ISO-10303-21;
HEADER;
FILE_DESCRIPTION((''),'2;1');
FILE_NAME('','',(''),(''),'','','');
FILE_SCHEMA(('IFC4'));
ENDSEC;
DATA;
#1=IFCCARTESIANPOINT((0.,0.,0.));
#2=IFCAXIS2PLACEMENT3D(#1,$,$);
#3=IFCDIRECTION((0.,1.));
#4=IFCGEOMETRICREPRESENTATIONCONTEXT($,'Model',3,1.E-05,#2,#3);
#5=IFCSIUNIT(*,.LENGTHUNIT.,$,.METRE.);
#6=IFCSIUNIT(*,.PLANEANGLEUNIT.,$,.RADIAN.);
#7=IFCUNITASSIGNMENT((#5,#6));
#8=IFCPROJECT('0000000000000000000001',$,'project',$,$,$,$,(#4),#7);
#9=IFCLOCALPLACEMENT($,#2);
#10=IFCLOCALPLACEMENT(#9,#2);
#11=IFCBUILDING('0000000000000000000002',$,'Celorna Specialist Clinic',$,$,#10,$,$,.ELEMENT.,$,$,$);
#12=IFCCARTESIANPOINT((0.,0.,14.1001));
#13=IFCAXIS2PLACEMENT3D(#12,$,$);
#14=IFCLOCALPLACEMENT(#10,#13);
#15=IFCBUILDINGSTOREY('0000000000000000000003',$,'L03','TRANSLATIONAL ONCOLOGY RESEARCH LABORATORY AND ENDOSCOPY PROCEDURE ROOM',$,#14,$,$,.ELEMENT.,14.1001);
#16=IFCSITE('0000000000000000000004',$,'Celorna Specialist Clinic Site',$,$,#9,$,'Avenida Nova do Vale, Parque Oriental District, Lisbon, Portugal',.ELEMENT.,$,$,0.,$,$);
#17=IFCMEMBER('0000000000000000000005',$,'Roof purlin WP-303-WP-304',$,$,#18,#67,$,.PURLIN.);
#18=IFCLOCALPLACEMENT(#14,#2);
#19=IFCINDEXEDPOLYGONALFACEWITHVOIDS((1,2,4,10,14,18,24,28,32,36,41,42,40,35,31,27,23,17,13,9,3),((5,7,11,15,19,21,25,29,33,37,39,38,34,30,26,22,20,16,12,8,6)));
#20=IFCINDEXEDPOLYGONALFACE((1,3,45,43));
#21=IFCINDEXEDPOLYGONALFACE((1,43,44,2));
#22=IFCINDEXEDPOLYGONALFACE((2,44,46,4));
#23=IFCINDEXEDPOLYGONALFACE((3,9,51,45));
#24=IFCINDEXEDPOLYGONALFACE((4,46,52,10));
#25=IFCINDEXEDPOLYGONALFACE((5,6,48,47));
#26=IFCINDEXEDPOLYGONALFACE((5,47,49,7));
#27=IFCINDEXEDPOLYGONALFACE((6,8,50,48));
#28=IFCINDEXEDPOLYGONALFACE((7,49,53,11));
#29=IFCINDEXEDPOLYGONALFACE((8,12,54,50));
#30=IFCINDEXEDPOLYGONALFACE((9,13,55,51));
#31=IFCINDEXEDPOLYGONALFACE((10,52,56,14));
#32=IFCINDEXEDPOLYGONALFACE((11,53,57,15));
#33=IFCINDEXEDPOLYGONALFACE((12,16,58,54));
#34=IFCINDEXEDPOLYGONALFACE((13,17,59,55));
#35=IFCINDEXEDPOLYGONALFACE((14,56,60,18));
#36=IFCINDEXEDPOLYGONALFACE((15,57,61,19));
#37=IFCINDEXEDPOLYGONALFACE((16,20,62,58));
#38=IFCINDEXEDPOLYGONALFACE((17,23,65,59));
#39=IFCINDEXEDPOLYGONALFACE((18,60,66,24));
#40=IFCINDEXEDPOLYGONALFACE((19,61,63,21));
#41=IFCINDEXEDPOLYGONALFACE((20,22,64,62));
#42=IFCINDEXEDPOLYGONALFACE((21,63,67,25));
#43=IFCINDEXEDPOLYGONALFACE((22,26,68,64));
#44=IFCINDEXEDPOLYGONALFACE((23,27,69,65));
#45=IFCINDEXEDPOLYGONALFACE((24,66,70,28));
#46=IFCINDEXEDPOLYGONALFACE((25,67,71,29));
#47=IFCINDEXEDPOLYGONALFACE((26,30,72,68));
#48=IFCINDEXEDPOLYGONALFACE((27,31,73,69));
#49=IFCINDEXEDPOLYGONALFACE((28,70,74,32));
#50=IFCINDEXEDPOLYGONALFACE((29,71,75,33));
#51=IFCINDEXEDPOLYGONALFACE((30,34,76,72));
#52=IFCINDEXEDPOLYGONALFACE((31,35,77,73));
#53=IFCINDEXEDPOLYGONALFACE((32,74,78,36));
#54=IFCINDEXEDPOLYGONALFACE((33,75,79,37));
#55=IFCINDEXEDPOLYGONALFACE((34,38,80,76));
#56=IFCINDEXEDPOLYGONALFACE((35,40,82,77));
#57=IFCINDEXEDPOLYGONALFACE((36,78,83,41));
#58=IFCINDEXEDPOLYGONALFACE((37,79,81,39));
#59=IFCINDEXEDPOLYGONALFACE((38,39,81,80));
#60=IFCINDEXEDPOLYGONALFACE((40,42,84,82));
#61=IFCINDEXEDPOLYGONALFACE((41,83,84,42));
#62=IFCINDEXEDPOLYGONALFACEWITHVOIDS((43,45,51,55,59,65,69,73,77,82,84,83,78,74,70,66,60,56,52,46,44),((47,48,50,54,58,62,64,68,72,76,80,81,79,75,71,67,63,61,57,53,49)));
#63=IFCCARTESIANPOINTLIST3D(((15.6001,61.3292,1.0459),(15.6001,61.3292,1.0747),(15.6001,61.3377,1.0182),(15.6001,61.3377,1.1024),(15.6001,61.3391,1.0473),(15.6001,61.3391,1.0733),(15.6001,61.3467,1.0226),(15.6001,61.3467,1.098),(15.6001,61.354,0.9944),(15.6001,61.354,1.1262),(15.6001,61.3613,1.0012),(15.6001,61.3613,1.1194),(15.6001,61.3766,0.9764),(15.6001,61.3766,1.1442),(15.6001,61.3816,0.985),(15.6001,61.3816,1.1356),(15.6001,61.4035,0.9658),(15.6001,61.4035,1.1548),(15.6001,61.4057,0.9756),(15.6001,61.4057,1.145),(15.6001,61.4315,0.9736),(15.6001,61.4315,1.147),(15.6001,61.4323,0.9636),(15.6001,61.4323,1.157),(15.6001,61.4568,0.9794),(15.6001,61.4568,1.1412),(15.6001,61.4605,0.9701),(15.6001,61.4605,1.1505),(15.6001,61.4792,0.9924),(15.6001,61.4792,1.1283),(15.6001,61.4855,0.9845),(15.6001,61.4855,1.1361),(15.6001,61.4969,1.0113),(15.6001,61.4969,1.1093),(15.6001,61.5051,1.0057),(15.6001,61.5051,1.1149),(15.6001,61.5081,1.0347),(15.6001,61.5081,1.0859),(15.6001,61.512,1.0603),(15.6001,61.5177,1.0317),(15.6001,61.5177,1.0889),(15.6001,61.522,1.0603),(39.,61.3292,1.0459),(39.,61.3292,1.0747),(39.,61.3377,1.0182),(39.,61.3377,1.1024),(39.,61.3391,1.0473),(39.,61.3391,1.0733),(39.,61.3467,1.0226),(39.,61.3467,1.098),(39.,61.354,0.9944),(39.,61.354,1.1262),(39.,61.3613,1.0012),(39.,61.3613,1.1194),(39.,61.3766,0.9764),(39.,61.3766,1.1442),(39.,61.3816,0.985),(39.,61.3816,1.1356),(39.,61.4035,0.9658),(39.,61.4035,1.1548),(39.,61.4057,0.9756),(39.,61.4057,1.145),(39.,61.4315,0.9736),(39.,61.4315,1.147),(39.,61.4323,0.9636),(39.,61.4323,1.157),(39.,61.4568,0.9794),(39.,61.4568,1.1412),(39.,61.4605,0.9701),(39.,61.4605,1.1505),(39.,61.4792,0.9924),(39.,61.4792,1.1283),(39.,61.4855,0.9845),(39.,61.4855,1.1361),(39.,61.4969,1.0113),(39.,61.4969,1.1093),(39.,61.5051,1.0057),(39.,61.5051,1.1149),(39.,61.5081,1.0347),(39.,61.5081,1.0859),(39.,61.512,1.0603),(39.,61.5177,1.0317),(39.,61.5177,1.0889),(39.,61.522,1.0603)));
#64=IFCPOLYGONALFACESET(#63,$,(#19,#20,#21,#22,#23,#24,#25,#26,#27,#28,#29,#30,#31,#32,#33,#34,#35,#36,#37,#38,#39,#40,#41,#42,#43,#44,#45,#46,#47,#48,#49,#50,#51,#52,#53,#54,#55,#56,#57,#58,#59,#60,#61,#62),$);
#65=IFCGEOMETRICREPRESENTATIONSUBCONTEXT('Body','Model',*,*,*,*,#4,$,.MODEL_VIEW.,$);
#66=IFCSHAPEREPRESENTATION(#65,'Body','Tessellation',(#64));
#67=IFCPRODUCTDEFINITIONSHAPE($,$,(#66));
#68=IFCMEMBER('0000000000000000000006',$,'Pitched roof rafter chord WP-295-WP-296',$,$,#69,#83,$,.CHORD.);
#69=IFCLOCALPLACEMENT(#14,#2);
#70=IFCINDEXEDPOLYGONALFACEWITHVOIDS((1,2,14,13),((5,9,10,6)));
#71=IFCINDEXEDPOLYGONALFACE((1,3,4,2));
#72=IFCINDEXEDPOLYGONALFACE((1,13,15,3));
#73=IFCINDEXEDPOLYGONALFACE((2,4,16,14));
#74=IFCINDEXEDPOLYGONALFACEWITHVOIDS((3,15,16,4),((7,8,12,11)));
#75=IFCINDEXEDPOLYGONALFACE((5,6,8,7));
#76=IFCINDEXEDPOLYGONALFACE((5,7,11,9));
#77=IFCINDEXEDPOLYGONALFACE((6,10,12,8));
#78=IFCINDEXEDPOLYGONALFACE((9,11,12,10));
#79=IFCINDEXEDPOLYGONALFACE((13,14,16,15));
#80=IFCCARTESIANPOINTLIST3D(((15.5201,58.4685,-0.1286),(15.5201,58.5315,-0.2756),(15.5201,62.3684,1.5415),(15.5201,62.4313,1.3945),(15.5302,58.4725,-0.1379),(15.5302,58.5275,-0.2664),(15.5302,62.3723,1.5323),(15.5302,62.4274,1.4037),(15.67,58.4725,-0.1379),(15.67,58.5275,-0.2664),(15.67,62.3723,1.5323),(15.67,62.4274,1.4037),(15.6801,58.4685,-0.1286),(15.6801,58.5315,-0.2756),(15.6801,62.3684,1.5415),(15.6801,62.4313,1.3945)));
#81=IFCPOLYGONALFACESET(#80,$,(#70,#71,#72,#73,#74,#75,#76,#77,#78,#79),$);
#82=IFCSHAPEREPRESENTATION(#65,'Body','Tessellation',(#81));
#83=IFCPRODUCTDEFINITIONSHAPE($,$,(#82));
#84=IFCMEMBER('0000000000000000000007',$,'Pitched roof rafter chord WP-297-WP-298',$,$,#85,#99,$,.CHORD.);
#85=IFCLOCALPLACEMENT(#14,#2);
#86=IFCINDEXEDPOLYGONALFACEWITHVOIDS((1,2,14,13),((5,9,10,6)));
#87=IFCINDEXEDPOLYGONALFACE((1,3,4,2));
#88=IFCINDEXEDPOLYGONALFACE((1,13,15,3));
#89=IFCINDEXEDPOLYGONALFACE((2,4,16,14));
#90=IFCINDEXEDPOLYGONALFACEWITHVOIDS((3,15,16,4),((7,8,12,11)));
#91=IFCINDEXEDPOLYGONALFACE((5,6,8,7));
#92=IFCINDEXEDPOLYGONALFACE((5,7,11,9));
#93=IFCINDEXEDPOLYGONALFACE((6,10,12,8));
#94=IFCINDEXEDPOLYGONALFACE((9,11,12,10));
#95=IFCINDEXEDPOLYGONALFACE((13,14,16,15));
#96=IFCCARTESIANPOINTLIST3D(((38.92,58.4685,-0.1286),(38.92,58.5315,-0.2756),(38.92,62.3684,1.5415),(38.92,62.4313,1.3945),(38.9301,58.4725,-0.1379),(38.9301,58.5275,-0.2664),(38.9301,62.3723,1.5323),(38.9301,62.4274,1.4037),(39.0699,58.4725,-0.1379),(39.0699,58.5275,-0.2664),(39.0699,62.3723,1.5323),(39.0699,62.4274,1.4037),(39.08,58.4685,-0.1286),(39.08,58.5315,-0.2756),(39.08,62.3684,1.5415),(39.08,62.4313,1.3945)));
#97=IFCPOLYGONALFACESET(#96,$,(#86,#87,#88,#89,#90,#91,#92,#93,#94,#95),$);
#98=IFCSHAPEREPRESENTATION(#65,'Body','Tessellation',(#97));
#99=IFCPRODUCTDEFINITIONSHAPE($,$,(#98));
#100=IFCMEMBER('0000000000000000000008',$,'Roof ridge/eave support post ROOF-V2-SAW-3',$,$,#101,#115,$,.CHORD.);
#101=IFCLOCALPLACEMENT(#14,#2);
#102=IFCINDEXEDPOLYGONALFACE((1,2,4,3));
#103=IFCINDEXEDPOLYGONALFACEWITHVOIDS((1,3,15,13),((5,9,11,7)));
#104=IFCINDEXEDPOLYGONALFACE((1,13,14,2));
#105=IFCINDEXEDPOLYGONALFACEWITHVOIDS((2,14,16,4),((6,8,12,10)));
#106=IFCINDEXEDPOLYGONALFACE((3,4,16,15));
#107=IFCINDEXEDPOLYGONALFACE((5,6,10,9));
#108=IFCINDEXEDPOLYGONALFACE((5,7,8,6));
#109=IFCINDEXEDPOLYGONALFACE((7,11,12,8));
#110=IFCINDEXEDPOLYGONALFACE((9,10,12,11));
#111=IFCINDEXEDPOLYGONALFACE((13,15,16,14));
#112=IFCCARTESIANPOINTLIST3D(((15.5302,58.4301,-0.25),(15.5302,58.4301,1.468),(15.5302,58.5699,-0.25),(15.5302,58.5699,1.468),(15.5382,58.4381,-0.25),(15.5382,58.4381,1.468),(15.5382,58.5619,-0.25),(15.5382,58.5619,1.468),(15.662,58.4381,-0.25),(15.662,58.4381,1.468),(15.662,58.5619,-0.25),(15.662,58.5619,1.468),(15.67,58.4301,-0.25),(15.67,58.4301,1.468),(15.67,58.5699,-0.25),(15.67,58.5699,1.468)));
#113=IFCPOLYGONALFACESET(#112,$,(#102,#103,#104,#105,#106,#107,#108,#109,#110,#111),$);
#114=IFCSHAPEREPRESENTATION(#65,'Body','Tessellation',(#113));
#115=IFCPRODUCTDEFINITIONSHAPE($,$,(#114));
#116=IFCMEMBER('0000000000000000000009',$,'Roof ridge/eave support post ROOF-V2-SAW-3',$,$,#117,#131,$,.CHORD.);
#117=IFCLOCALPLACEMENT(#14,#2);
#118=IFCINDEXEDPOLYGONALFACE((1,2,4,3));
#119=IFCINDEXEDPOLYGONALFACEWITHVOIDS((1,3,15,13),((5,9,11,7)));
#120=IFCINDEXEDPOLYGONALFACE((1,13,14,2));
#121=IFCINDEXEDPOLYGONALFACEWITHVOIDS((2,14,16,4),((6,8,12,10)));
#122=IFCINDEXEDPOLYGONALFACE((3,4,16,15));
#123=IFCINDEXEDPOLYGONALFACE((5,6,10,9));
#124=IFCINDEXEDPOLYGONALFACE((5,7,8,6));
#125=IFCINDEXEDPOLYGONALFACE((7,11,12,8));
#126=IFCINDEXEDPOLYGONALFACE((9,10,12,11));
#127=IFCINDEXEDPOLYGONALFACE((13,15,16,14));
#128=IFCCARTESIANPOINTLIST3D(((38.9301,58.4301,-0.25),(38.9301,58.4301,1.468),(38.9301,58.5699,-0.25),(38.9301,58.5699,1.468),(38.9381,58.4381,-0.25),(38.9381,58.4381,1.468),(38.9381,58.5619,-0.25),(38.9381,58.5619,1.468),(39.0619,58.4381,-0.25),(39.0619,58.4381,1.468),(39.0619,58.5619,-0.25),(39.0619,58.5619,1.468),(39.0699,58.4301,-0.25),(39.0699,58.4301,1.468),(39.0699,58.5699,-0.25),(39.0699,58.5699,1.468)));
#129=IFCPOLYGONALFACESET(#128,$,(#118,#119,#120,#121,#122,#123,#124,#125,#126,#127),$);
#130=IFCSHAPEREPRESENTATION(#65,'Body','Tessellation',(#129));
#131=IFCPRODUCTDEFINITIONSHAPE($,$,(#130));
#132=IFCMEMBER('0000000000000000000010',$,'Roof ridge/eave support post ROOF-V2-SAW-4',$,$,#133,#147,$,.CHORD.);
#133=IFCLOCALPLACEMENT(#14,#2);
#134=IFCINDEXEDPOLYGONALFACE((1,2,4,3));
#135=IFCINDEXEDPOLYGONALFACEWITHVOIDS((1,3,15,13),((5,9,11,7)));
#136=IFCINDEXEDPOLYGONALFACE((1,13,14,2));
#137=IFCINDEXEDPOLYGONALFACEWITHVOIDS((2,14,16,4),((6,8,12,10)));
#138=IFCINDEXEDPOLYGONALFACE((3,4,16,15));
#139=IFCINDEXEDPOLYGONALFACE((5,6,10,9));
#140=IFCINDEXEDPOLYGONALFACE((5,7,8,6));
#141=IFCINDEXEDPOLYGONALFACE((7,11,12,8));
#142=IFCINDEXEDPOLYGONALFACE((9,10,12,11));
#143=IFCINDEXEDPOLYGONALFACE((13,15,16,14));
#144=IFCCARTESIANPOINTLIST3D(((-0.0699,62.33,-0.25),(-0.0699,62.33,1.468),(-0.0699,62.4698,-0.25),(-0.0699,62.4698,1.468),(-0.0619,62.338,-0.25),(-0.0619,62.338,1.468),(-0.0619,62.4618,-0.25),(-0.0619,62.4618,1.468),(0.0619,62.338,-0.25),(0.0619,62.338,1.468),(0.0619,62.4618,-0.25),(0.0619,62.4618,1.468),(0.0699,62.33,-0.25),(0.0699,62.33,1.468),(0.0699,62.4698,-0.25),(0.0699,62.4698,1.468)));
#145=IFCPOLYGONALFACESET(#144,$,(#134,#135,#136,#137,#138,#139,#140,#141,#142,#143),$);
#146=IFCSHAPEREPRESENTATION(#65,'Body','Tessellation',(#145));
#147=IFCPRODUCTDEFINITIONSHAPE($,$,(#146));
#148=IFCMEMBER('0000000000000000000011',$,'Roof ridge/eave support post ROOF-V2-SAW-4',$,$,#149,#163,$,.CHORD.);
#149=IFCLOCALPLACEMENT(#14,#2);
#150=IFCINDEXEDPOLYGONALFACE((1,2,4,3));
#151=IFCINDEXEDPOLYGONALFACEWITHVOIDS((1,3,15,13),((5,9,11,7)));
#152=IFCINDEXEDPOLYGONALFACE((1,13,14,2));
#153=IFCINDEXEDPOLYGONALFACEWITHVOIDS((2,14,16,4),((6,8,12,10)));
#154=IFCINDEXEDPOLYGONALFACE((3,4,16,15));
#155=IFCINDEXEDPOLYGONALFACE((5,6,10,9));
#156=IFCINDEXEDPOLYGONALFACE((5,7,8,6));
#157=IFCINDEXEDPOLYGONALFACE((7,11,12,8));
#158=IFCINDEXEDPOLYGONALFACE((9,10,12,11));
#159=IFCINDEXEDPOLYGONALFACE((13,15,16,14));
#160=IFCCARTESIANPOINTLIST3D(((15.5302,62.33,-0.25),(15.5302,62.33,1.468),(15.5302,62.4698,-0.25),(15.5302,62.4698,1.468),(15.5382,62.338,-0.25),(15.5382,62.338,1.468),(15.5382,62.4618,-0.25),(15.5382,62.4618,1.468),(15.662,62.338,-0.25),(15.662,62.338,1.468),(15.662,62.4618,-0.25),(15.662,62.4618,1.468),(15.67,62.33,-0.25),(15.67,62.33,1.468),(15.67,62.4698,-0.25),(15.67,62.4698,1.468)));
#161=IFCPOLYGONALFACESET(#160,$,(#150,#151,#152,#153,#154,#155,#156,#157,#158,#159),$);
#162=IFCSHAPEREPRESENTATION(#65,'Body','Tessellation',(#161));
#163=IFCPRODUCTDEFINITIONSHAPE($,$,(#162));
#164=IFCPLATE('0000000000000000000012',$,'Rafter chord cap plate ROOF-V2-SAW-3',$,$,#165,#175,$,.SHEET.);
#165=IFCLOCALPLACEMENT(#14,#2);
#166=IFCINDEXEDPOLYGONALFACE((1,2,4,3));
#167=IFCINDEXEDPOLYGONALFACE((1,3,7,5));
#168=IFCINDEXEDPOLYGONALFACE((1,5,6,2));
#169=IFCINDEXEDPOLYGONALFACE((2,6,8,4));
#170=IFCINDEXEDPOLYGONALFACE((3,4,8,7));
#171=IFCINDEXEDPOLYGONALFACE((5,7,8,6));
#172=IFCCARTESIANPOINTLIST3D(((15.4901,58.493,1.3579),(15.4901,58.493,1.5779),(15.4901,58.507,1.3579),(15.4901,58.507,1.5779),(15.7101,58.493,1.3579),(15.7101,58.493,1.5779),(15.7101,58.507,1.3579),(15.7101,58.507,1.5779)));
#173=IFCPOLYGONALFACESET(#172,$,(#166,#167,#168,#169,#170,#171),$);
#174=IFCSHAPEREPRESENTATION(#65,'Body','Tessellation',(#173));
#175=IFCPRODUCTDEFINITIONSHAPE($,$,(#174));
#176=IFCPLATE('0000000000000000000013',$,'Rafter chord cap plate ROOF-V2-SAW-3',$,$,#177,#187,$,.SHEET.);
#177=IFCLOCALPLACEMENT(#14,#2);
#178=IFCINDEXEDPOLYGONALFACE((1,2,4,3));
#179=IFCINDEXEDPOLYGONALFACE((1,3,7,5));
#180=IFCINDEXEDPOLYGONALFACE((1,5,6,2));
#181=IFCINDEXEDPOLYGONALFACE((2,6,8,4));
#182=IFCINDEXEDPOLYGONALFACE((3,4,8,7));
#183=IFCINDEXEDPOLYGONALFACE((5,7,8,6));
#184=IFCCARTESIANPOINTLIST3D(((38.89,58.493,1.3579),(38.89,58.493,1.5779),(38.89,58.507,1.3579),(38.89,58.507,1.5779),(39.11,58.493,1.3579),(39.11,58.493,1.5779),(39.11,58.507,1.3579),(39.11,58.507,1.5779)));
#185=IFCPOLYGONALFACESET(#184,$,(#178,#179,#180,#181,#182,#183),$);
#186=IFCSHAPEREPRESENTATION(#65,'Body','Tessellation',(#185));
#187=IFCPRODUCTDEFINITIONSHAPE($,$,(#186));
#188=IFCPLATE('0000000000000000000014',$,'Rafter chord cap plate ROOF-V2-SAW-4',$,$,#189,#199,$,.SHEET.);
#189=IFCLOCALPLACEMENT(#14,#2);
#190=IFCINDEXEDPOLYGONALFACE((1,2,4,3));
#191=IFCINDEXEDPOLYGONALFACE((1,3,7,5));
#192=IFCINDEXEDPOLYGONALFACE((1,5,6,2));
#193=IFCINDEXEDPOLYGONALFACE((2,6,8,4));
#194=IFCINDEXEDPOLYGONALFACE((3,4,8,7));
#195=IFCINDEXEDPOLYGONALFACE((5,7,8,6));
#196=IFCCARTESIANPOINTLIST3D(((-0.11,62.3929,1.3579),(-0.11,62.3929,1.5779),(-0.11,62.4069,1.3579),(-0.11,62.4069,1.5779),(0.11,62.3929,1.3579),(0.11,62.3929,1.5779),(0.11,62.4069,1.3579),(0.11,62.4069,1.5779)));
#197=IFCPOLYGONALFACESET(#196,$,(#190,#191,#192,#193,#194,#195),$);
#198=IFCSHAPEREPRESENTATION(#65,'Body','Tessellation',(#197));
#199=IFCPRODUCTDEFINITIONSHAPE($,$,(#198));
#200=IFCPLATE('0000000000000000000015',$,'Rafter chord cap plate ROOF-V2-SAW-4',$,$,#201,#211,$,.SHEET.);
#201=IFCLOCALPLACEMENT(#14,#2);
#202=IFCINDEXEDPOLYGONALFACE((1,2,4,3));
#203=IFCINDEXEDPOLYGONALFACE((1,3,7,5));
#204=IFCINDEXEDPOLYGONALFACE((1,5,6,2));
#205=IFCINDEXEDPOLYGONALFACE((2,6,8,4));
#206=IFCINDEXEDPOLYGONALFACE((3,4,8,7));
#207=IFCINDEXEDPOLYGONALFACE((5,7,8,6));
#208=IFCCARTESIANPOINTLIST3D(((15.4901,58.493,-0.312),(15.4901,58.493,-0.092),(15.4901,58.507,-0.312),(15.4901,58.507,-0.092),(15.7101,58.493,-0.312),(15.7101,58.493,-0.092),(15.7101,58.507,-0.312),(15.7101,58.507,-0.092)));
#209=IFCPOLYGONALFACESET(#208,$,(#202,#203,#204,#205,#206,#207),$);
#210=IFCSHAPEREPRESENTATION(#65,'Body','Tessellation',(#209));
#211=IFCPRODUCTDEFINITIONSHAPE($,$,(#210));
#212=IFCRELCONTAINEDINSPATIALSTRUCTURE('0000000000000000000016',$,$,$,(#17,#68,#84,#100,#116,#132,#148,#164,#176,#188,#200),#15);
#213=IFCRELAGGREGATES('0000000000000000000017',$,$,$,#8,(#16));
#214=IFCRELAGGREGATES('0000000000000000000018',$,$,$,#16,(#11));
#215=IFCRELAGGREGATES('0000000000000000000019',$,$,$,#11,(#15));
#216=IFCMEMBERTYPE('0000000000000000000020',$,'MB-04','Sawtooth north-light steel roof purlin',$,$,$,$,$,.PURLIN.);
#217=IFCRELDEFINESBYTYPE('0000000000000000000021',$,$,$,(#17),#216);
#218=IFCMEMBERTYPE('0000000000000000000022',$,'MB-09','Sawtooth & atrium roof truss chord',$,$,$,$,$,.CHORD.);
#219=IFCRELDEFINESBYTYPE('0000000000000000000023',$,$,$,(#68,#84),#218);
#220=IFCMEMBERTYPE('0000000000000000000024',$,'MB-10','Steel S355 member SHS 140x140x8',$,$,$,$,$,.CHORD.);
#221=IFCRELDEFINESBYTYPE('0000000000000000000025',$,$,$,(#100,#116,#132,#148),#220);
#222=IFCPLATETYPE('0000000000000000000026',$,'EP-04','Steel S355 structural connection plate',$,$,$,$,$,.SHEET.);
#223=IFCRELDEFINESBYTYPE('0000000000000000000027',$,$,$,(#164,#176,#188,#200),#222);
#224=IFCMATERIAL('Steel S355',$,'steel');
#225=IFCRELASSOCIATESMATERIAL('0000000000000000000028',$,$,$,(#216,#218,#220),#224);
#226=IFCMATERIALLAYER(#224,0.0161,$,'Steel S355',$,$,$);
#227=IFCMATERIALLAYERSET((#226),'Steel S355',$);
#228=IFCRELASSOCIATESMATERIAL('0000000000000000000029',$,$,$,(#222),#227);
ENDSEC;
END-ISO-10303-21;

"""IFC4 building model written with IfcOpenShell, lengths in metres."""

from ifc_helpers import new_model, si_unit, direction, frame, origin, origin_2d, place, context, subcontext, project, spatial, rectangle, hollow_rectangle, hollow_circle, extrude, material, layer, layer_set, material_profile, profile_set, type_object, element, save


model = new_model("IFC4")

# Units and contexts
model_context = context("Model", 3, precision=1e-05, world=origin(), true_north=direction((0.0, 1.0)))
body_context = subcontext(model_context, "Body", "Model", "MODEL_VIEW")
ifc_project = project(units=[si_unit("LENGTHUNIT", "METRE"), si_unit("PLANEANGLEUNIT", "RADIAN")], contexts=[model_context])

# Site, building, storey
site_placement = place(None, origin())
site = spatial("IfcSite", under=ifc_project, at=site_placement, Name="Celorna Specialist Clinic Site", LongName="Avenida Nova do Vale, Parque Oriental District, Lisbon, Portugal", CompositionType="ELEMENT", RefElevation=0.0)
building_placement = place(site_placement, origin())
building = spatial("IfcBuilding", under=site, at=building_placement, Name="Celorna Specialist Clinic", CompositionType="ELEMENT")
storey_placement = place(building_placement, frame((0.0, 0.0, 14.1001)))
storey = spatial("IfcBuildingStorey", under=building, at=storey_placement, Name="L03", Description="TRANSLATIONAL ONCOLOGY RESEARCH LABORATORY AND ENDOSCOPY PROCEDURE ROOM", CompositionType="ELEMENT", Elevation=14.1001)

# Shared definitions
ifc_material = material(Name="Steel S355", Category="steel")

# Members
ifc_material_profile_1 = material_profile(ifc_material, hollow_circle(Radius=0.0969, WallThickness=0.01, at=origin_2d()), Name="CHS 193.7x10")
ifc_profile_set_1 = profile_set([ifc_material_profile_1], Name="Steel S355")
member_type_1 = type_object("IfcMemberType", Name="MB-04", Description="Sawtooth north-light steel roof purlin", PredefinedType="PURLIN", material=ifc_profile_set_1)
member_1_placement = place(storey_placement, frame((15.6001, 61.425, 1.0603), z_axis=(1.0, 0.0, 0.0), x_axis=(0.0, 1.0, 0.0)))
element("IfcMember", 1, at=member_1_placement, inside=storey, type_object=member_type_1, Name="Roof purlin WP-303-WP-304", PredefinedType="PURLIN", context=body_context, shape_type="SweptSolid", body=[
    extrude(hollow_circle(Radius=0.0969, WallThickness=0.01, at=origin_2d()), origin(), (0.0, 0.0, 1.0), 23.3999),
])
ifc_material_profile_2 = material_profile(ifc_material, hollow_rectangle(XDim=0.1599, YDim=0.1599, WallThickness=0.01, at=origin_2d()), Name="SHS 160x160x10")
ifc_profile_set_2 = profile_set([ifc_material_profile_2], Name="Steel S355")
member_type_2 = type_object("IfcMemberType", Name="MB-09", Description="Sawtooth & atrium roof truss chord", PredefinedType="CHORD", material=ifc_profile_set_2)
for number, where, z_axis, x_axis, name in (
    (2, (15.6001, 58.5, -0.2021), (0.0, 0.919249, 0.393676), (-1.0, 0.0, 0.0), "Pitched roof rafter chord WP-295-WP-296"),
    (3, (39.0, 58.5, -0.2021), (0.0, 0.919249, 0.393676), (-1.0, 0.0, 0.0), "Pitched roof rafter chord WP-297-WP-298"),
):
    element("IfcMember", number, at=place(storey_placement, frame(where, z_axis=z_axis, x_axis=x_axis)), inside=storey, type_object=member_type_2, Name=name, PredefinedType="CHORD", context=body_context, shape_type="SweptSolid", body=[
        extrude(hollow_rectangle(XDim=0.1599, YDim=0.1599, WallThickness=0.01, at=origin_2d()), origin(), (0.0, 0.0, 1.0), 4.2424),
    ])
ifc_material_profile_3 = material_profile(ifc_material, hollow_rectangle(XDim=0.1399, YDim=0.1399, WallThickness=0.0081, at=origin_2d()), Name="SHS 140x140x8")
ifc_profile_set_3 = profile_set([ifc_material_profile_3], Name="Steel S355")
member_type_3 = type_object("IfcMemberType", Name="MB-10", Description="Steel S355 member SHS 140x140x8", PredefinedType="CHORD", material=ifc_profile_set_3)
for number, where, z_axis, x_axis, name in (
    (4, (15.6001, 58.5, -0.25), (0.0, 0.0, 1.0), (1.0, 0.0, 0.0), "Roof ridge/eave support post ROOF-V2-SAW-3"),
    (5, (39.0, 58.5, -0.25), (0.0, 0.0, 1.0), (1.0, 0.0, 0.0), "Roof ridge/eave support post ROOF-V2-SAW-3"),
    (6, (0.0, 62.3999, -0.25), (0.0, 0.0, 1.0), (1.0, 0.0, 0.0), "Roof ridge/eave support post ROOF-V2-SAW-4"),
    (7, (15.6001, 62.3999, -0.25), (0.0, 0.0, 1.0), (1.0, 0.0, 0.0), "Roof ridge/eave support post ROOF-V2-SAW-4"),
):
    element("IfcMember", number, at=place(storey_placement, frame(where, z_axis=z_axis, x_axis=x_axis)), inside=storey, type_object=member_type_3, Name=name, PredefinedType="CHORD", context=body_context, shape_type="SweptSolid", body=[
        extrude(hollow_rectangle(XDim=0.1399, YDim=0.1399, WallThickness=0.0081, at=origin_2d()), origin(), (0.0, 0.0, 1.0), 1.718),
    ])

# Plates
ifc_layer = layer(ifc_material, 0.0161, Name="Steel S355")
ifc_layer_set = layer_set([ifc_layer], Name="Steel S355")
plate_type = type_object("IfcPlateType", Name="EP-04", Description="Steel S355 structural connection plate", PredefinedType="SHEET", material=ifc_layer_set)
for number, where, z_axis, x_axis, name in (
    (8, (15.6001, 58.5, 1.3579), (0.0, 0.0, 1.0), (1.0, 0.0, 0.0), "Rafter chord cap plate ROOF-V2-SAW-3"),
    (9, (39.0, 58.5, 1.3579), (0.0, 0.0, 1.0), (1.0, 0.0, 0.0), "Rafter chord cap plate ROOF-V2-SAW-3"),
    (10, (0.0, 62.3999, 1.3579), (0.0, 0.0, 1.0), (1.0, 0.0, 0.0), "Rafter chord cap plate ROOF-V2-SAW-4"),
    (11, (15.6001, 58.5, -0.312), (0.0, 0.0, 1.0), (1.0, 0.0, 0.0), "Rafter chord cap plate ROOF-V2-SAW-4"),
):
    element("IfcPlate", number, at=place(storey_placement, frame(where, z_axis=z_axis, x_axis=x_axis)), inside=storey, type_object=plate_type, Name=name, PredefinedType="SHEET", context=body_context, shape_type="SweptSolid", body=[
        extrude(rectangle(XDim=0.22, YDim=0.0139, at=origin_2d()), origin(), (0.0, 0.0, 1.0), 0.22),
    ])

save(model, "model.ifc")
